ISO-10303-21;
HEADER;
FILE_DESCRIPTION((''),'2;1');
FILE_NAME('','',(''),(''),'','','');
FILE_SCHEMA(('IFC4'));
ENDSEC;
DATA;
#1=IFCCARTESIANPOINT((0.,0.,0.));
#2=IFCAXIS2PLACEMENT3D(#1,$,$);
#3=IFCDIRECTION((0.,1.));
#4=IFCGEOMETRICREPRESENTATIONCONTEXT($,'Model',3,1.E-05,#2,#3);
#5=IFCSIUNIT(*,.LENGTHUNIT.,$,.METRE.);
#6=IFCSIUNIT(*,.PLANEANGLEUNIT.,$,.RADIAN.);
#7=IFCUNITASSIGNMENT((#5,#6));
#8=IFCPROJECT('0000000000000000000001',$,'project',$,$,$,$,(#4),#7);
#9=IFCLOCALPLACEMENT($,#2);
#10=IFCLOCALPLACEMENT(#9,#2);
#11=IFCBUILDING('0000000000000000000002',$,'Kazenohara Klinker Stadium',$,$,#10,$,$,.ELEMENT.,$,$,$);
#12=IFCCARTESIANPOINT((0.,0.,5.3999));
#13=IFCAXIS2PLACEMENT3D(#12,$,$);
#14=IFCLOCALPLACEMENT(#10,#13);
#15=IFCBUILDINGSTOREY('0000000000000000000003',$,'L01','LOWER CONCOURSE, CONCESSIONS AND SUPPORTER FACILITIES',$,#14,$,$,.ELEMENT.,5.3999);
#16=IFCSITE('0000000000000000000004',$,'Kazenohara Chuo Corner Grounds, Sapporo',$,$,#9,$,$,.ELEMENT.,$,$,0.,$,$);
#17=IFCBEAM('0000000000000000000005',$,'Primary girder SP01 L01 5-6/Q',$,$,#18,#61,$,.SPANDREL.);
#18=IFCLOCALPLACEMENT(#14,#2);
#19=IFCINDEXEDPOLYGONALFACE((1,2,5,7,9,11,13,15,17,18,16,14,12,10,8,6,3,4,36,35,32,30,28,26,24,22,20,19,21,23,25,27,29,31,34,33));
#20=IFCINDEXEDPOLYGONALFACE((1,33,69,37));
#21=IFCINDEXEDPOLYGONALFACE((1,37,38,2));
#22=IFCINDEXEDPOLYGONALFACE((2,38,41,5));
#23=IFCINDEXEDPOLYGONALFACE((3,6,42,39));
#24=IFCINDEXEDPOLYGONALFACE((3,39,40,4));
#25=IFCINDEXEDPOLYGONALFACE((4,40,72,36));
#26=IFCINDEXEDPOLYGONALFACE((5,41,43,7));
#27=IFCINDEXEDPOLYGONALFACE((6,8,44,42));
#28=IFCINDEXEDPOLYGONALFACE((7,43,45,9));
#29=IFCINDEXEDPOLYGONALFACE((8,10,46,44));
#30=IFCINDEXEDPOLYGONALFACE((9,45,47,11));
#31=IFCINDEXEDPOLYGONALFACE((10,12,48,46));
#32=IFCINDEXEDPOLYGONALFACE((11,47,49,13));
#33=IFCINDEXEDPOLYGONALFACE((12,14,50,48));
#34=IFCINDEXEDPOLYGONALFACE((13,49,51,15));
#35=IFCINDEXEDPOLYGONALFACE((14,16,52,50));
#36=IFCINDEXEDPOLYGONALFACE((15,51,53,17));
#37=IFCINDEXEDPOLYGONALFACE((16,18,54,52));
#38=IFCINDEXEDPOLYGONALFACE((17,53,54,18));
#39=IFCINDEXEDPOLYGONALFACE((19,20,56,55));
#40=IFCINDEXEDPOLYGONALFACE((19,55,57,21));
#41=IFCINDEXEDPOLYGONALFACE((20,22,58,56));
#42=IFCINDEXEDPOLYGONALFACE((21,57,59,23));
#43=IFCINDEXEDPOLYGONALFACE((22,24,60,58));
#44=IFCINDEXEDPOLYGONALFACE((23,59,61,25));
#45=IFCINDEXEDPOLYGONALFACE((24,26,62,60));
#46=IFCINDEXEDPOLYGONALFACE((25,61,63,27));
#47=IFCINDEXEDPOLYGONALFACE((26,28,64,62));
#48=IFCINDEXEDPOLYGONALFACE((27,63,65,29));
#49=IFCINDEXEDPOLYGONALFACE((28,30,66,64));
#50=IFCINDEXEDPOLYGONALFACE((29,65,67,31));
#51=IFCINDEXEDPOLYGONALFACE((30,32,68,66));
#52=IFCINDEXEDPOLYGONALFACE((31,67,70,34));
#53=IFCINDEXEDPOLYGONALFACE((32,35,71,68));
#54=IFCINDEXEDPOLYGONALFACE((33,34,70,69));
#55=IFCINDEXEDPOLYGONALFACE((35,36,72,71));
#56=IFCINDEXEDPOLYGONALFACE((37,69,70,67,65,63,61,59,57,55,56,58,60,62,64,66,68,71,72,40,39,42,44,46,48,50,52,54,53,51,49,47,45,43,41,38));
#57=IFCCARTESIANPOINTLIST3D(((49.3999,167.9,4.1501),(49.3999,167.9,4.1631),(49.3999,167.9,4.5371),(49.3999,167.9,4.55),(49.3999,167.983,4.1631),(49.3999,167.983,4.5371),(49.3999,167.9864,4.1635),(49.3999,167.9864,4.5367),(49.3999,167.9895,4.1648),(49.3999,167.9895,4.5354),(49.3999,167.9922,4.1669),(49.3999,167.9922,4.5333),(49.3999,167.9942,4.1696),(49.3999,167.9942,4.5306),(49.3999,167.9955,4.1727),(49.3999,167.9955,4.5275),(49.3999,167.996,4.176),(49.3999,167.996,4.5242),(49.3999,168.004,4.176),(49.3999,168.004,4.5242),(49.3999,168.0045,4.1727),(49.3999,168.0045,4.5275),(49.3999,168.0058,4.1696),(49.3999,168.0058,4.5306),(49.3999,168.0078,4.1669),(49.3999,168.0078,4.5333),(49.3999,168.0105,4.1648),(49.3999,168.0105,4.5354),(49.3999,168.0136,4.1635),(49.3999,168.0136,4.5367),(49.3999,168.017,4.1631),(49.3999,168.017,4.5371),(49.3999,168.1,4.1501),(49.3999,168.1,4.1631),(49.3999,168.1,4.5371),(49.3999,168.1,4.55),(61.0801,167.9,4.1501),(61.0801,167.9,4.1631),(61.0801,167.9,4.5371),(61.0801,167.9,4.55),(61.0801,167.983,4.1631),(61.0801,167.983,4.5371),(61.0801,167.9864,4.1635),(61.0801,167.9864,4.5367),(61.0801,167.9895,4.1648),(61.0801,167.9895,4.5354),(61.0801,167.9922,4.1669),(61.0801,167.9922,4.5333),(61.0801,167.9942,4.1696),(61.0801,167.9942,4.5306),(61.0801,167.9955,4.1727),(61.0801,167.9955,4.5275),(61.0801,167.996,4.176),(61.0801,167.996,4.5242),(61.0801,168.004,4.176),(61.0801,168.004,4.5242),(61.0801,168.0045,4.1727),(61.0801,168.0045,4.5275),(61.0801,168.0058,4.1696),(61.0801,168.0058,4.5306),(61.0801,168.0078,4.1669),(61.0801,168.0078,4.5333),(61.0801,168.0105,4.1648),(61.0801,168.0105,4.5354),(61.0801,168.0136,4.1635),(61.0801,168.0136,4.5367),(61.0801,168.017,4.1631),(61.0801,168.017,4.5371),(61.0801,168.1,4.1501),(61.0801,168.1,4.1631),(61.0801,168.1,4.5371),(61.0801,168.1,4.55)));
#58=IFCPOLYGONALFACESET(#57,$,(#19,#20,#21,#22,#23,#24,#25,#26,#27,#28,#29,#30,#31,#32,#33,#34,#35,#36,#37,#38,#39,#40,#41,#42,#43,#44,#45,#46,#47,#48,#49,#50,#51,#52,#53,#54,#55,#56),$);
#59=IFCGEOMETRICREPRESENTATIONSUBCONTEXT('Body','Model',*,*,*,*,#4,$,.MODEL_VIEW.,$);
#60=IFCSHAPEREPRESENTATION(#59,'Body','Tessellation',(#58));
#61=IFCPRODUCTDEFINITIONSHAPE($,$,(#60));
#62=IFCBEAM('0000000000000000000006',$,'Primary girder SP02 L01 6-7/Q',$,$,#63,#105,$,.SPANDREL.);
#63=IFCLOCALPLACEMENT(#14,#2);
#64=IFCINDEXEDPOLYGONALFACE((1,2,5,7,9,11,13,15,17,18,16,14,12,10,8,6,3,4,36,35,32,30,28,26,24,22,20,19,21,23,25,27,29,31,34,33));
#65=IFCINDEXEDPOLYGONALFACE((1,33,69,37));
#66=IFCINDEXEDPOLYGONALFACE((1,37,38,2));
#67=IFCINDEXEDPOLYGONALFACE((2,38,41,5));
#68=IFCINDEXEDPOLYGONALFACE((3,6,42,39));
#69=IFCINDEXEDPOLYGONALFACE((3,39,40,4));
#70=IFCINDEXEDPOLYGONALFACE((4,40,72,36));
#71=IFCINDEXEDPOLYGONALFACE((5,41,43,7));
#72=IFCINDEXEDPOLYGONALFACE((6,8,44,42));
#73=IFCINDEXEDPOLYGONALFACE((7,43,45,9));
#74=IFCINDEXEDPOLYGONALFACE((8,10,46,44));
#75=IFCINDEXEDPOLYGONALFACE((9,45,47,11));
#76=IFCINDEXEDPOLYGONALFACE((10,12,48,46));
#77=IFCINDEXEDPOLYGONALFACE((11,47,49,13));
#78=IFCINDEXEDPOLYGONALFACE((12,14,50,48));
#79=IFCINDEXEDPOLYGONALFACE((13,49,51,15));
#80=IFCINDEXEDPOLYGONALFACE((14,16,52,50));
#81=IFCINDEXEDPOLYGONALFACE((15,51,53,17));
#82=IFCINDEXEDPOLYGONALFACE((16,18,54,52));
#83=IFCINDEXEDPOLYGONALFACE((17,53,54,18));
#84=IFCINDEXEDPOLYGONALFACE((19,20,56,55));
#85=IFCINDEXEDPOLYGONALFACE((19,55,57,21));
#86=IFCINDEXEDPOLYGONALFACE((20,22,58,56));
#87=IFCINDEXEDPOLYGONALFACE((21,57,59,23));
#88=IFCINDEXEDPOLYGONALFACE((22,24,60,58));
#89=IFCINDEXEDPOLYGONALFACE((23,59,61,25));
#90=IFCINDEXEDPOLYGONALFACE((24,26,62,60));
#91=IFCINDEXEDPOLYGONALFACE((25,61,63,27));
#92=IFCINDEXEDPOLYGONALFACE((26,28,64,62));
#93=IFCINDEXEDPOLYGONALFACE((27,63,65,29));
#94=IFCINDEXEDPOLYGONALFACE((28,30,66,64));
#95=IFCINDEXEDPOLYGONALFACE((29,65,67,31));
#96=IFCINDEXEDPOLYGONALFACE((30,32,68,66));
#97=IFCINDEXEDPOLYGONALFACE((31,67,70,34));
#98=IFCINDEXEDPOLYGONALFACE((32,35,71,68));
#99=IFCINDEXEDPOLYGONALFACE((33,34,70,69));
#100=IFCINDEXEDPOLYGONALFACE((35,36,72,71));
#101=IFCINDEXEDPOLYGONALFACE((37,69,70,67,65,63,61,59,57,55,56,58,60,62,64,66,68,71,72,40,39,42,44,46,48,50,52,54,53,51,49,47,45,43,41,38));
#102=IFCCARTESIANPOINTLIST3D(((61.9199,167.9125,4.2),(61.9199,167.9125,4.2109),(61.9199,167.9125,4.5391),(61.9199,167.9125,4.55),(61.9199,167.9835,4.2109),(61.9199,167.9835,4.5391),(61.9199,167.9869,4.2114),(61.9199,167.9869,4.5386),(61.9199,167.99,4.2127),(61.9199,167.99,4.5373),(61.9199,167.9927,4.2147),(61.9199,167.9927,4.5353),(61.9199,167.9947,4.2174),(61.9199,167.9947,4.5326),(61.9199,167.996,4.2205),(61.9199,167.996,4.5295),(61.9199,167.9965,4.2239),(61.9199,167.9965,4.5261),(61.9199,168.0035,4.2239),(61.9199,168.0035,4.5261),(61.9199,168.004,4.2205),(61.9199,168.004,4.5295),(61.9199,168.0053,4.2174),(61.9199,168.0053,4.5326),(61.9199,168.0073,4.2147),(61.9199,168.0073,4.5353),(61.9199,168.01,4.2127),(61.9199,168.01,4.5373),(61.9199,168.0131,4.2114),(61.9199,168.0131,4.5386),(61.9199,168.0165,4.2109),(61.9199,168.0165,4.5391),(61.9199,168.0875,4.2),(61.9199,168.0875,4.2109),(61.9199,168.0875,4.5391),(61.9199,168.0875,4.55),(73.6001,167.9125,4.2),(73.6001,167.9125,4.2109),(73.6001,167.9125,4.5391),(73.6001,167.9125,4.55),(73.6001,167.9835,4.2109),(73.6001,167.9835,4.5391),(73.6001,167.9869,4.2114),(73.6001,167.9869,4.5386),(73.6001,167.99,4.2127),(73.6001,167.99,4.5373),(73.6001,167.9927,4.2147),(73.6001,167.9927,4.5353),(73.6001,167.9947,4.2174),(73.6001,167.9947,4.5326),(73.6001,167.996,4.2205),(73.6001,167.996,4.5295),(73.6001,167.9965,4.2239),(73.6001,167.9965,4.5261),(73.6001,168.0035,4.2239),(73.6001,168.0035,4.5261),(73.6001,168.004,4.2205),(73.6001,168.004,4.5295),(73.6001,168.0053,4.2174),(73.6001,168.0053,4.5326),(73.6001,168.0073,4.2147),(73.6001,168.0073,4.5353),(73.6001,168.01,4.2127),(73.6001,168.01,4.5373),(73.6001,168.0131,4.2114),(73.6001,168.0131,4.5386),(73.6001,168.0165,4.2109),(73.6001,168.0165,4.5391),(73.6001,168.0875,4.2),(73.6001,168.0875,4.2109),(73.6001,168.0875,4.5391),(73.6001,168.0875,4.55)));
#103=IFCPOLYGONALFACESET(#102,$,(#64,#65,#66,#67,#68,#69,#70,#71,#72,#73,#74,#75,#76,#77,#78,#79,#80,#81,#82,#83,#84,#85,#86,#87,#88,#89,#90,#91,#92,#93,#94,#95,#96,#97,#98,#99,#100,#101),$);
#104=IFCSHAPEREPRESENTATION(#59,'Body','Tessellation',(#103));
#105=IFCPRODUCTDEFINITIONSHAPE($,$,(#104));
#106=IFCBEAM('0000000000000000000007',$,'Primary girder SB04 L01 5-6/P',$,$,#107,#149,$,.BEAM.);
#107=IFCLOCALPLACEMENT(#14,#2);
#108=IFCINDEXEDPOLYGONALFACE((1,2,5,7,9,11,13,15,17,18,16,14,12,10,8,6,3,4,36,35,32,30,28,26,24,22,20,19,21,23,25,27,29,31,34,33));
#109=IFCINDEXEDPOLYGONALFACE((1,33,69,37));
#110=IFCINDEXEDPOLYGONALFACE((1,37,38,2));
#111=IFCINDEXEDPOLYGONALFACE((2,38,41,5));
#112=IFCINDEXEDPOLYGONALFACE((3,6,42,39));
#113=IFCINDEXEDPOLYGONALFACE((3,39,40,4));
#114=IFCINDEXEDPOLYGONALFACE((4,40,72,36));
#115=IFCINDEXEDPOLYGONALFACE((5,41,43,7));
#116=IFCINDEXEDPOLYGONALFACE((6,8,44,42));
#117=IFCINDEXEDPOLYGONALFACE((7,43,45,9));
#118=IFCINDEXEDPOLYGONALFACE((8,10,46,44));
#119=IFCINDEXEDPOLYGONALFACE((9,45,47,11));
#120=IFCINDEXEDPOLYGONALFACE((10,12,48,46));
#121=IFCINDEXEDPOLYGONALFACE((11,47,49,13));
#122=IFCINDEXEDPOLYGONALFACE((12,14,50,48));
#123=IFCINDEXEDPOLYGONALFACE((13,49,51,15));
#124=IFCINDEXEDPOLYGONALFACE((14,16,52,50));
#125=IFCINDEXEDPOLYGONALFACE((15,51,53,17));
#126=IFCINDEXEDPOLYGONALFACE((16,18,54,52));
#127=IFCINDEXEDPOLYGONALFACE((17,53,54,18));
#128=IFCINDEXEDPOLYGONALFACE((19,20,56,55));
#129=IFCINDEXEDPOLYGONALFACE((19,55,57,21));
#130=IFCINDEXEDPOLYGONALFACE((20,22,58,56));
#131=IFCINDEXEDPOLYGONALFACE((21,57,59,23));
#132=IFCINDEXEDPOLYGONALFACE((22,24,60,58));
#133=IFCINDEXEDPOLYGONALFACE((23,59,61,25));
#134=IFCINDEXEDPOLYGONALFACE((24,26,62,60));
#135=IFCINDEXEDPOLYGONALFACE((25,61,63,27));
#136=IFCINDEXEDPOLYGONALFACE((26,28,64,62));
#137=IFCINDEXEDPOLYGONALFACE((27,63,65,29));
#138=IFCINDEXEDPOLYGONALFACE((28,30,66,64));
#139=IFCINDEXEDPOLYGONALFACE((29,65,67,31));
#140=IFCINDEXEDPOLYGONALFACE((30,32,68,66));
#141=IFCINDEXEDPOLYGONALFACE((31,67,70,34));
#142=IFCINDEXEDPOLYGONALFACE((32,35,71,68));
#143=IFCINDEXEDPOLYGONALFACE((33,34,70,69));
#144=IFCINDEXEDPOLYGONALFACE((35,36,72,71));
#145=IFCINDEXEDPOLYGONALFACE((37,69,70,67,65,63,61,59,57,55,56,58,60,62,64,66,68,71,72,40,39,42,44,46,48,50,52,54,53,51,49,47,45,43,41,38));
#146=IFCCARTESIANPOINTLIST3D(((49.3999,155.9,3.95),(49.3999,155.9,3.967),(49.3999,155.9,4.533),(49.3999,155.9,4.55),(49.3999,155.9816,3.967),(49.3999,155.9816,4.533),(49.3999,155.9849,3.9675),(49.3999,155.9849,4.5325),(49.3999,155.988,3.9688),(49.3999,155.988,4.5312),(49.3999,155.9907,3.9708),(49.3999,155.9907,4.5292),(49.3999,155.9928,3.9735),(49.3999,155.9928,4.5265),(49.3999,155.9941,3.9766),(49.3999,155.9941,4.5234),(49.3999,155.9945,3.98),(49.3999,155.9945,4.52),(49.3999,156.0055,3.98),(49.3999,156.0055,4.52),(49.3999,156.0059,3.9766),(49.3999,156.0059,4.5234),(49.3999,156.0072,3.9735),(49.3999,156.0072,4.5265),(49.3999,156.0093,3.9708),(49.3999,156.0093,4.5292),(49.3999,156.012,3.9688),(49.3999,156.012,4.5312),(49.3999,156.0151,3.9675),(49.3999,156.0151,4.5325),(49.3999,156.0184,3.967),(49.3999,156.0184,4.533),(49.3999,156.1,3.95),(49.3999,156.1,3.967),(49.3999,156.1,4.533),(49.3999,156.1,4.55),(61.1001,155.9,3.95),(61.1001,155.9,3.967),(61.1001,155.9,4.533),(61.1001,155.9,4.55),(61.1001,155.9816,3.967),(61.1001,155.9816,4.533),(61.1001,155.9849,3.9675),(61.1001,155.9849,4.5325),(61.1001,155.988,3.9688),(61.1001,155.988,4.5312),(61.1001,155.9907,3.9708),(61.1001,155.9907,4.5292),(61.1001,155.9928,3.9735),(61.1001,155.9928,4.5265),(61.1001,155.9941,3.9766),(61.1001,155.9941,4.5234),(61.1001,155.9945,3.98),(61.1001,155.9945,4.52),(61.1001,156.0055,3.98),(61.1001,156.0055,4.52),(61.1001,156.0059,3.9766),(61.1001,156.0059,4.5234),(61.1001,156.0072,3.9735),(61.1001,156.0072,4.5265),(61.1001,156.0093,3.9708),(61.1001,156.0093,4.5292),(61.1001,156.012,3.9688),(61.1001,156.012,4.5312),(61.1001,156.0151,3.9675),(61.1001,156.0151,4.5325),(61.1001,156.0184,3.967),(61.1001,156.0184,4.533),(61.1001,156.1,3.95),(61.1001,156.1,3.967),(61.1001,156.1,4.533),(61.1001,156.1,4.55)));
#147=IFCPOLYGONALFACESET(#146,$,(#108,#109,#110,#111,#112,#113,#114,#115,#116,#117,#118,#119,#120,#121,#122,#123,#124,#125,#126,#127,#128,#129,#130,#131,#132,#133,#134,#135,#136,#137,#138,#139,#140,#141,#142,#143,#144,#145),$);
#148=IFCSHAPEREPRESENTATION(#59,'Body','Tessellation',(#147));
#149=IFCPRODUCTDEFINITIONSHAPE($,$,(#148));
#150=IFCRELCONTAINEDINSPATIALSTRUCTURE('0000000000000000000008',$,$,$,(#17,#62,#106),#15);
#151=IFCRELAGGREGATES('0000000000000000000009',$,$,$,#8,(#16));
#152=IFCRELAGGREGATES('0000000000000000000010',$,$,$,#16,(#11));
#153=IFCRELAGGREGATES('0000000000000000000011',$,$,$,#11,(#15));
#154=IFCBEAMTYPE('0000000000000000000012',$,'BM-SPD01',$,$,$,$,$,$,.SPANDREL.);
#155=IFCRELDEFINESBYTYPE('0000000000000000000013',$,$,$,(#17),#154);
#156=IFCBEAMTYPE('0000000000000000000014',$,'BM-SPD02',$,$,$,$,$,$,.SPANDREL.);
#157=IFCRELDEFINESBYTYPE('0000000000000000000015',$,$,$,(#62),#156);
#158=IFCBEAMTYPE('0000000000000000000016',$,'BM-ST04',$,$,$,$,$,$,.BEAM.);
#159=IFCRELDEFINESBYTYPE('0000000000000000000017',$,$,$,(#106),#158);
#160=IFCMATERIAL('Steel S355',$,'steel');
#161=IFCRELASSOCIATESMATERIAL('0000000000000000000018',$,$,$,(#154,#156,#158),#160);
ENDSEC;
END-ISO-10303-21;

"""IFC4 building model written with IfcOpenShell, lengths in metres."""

from ifc_helpers import new_model, si_unit, direction, frame, origin, origin_2d, place, context, subcontext, project, spatial, i_section, extrude, material, material_profile, profile_set, type_object, element, save


model = new_model("IFC4")

# Units and contexts
model_context = context("Model", 3, precision=1e-05, world=origin(), true_north=direction((0.0, 1.0)))
body_context = subcontext(model_context, "Body", "Model", "MODEL_VIEW")
ifc_project = project(units=[si_unit("LENGTHUNIT", "METRE"), si_unit("PLANEANGLEUNIT", "RADIAN")], contexts=[model_context])

# Site, building, storey
site_placement = place(None, origin())
site = spatial("IfcSite", under=ifc_project, at=site_placement, Name="Kazenohara Chuo Corner Grounds, Sapporo", CompositionType="ELEMENT", RefElevation=0.0)
building_placement = place(site_placement, origin())
building = spatial("IfcBuilding", under=site, at=building_placement, Name="Kazenohara Klinker Stadium", CompositionType="ELEMENT")
storey_placement = place(building_placement, frame((0.0, 0.0, 5.3999)))
storey = spatial("IfcBuildingStorey", under=building, at=storey_placement, Name="L01", Description="LOWER CONCOURSE, CONCESSIONS AND SUPPORTER FACILITIES", CompositionType="ELEMENT", Elevation=5.3999)

# Beams
ifc_material_1 = material(Name="Steel S355", Category="steel")
ifc_material_profile_1 = material_profile(ifc_material_1, i_section(OverallWidth=0.2, OverallDepth=0.3999, WebThickness=0.0081, FlangeThickness=0.0129, FilletRadius=0.0129, at=origin_2d()), Name="H-400x200x8x13")
ifc_profile_set_1 = profile_set([ifc_material_profile_1], Name="Steel S355")
beam_type_1 = type_object("IfcBeamType", Name="BM-SPD01", PredefinedType="SPANDREL", material=ifc_profile_set_1)
beam_1_placement = place(storey_placement, frame((49.3999, 168.0, 4.3501), z_axis=(1.0, 0.0, 0.0), x_axis=(0.0, 1.0, 0.0)))
element("IfcBeam", 1, at=beam_1_placement, inside=storey, type_object=beam_type_1, Name="Primary girder SP01 L01 5-6/Q", PredefinedType="SPANDREL", context=body_context, shape_type="SweptSolid", body=[
    extrude(i_section(OverallWidth=0.2, OverallDepth=0.3999, WebThickness=0.0081, FlangeThickness=0.0129, FilletRadius=0.0129, at=origin_2d()), origin(), (0.0, 0.0, 1.0), 11.6802),
])
ifc_material_profile_2 = material_profile(ifc_material_1, i_section(OverallWidth=0.175, OverallDepth=0.3501, WebThickness=0.0071, FlangeThickness=0.011, FilletRadius=0.0129, at=origin_2d()), Name="H-350x175x7x11")
ifc_profile_set_2 = profile_set([ifc_material_profile_2], Name="Steel S355")
beam_type_2 = type_object("IfcBeamType", Name="BM-SPD02", PredefinedType="SPANDREL", material=ifc_profile_set_2)
beam_2_placement = place(storey_placement, frame((61.9199, 168.0, 4.375), z_axis=(1.0, 0.0, 0.0), x_axis=(0.0, 1.0, 0.0)))
element("IfcBeam", 2, at=beam_2_placement, inside=storey, type_object=beam_type_2, Name="Primary girder SP02 L01 6-7/Q", PredefinedType="SPANDREL", context=body_context, shape_type="SweptSolid", body=[
    extrude(i_section(OverallWidth=0.175, OverallDepth=0.3501, WebThickness=0.0071, FlangeThickness=0.011, FilletRadius=0.0129, at=origin_2d()), origin(), (0.0, 0.0, 1.0), 11.6802),
])
ifc_material_profile_3 = material_profile(ifc_material_1, i_section(OverallWidth=0.2, OverallDepth=0.6001, WebThickness=0.011, FlangeThickness=0.0171, FilletRadius=0.0129, at=origin_2d()), Name="H-600x200x11x17")
ifc_profile_set_3 = profile_set([ifc_material_profile_3], Name="Steel S355")
beam_type_3 = type_object("IfcBeamType", Name="BM-ST04", PredefinedType="BEAM", material=ifc_profile_set_3)
beam_3_placement = place(storey_placement, frame((49.3999, 156.0, 4.25), z_axis=(1.0, 0.0, 0.0), x_axis=(0.0, 1.0, 0.0)))
element("IfcBeam", 3, at=beam_3_placement, inside=storey, type_object=beam_type_3, Name="Primary girder SB04 L01 5-6/P", PredefinedType="BEAM", context=body_context, shape_type="SweptSolid", body=[
    extrude(i_section(OverallWidth=0.2, OverallDepth=0.6001, WebThickness=0.011, FlangeThickness=0.0171, FilletRadius=0.0129, at=origin_2d()), origin(), (0.0, 0.0, 1.0), 11.7002),
])

save(model, "model.ifc")
